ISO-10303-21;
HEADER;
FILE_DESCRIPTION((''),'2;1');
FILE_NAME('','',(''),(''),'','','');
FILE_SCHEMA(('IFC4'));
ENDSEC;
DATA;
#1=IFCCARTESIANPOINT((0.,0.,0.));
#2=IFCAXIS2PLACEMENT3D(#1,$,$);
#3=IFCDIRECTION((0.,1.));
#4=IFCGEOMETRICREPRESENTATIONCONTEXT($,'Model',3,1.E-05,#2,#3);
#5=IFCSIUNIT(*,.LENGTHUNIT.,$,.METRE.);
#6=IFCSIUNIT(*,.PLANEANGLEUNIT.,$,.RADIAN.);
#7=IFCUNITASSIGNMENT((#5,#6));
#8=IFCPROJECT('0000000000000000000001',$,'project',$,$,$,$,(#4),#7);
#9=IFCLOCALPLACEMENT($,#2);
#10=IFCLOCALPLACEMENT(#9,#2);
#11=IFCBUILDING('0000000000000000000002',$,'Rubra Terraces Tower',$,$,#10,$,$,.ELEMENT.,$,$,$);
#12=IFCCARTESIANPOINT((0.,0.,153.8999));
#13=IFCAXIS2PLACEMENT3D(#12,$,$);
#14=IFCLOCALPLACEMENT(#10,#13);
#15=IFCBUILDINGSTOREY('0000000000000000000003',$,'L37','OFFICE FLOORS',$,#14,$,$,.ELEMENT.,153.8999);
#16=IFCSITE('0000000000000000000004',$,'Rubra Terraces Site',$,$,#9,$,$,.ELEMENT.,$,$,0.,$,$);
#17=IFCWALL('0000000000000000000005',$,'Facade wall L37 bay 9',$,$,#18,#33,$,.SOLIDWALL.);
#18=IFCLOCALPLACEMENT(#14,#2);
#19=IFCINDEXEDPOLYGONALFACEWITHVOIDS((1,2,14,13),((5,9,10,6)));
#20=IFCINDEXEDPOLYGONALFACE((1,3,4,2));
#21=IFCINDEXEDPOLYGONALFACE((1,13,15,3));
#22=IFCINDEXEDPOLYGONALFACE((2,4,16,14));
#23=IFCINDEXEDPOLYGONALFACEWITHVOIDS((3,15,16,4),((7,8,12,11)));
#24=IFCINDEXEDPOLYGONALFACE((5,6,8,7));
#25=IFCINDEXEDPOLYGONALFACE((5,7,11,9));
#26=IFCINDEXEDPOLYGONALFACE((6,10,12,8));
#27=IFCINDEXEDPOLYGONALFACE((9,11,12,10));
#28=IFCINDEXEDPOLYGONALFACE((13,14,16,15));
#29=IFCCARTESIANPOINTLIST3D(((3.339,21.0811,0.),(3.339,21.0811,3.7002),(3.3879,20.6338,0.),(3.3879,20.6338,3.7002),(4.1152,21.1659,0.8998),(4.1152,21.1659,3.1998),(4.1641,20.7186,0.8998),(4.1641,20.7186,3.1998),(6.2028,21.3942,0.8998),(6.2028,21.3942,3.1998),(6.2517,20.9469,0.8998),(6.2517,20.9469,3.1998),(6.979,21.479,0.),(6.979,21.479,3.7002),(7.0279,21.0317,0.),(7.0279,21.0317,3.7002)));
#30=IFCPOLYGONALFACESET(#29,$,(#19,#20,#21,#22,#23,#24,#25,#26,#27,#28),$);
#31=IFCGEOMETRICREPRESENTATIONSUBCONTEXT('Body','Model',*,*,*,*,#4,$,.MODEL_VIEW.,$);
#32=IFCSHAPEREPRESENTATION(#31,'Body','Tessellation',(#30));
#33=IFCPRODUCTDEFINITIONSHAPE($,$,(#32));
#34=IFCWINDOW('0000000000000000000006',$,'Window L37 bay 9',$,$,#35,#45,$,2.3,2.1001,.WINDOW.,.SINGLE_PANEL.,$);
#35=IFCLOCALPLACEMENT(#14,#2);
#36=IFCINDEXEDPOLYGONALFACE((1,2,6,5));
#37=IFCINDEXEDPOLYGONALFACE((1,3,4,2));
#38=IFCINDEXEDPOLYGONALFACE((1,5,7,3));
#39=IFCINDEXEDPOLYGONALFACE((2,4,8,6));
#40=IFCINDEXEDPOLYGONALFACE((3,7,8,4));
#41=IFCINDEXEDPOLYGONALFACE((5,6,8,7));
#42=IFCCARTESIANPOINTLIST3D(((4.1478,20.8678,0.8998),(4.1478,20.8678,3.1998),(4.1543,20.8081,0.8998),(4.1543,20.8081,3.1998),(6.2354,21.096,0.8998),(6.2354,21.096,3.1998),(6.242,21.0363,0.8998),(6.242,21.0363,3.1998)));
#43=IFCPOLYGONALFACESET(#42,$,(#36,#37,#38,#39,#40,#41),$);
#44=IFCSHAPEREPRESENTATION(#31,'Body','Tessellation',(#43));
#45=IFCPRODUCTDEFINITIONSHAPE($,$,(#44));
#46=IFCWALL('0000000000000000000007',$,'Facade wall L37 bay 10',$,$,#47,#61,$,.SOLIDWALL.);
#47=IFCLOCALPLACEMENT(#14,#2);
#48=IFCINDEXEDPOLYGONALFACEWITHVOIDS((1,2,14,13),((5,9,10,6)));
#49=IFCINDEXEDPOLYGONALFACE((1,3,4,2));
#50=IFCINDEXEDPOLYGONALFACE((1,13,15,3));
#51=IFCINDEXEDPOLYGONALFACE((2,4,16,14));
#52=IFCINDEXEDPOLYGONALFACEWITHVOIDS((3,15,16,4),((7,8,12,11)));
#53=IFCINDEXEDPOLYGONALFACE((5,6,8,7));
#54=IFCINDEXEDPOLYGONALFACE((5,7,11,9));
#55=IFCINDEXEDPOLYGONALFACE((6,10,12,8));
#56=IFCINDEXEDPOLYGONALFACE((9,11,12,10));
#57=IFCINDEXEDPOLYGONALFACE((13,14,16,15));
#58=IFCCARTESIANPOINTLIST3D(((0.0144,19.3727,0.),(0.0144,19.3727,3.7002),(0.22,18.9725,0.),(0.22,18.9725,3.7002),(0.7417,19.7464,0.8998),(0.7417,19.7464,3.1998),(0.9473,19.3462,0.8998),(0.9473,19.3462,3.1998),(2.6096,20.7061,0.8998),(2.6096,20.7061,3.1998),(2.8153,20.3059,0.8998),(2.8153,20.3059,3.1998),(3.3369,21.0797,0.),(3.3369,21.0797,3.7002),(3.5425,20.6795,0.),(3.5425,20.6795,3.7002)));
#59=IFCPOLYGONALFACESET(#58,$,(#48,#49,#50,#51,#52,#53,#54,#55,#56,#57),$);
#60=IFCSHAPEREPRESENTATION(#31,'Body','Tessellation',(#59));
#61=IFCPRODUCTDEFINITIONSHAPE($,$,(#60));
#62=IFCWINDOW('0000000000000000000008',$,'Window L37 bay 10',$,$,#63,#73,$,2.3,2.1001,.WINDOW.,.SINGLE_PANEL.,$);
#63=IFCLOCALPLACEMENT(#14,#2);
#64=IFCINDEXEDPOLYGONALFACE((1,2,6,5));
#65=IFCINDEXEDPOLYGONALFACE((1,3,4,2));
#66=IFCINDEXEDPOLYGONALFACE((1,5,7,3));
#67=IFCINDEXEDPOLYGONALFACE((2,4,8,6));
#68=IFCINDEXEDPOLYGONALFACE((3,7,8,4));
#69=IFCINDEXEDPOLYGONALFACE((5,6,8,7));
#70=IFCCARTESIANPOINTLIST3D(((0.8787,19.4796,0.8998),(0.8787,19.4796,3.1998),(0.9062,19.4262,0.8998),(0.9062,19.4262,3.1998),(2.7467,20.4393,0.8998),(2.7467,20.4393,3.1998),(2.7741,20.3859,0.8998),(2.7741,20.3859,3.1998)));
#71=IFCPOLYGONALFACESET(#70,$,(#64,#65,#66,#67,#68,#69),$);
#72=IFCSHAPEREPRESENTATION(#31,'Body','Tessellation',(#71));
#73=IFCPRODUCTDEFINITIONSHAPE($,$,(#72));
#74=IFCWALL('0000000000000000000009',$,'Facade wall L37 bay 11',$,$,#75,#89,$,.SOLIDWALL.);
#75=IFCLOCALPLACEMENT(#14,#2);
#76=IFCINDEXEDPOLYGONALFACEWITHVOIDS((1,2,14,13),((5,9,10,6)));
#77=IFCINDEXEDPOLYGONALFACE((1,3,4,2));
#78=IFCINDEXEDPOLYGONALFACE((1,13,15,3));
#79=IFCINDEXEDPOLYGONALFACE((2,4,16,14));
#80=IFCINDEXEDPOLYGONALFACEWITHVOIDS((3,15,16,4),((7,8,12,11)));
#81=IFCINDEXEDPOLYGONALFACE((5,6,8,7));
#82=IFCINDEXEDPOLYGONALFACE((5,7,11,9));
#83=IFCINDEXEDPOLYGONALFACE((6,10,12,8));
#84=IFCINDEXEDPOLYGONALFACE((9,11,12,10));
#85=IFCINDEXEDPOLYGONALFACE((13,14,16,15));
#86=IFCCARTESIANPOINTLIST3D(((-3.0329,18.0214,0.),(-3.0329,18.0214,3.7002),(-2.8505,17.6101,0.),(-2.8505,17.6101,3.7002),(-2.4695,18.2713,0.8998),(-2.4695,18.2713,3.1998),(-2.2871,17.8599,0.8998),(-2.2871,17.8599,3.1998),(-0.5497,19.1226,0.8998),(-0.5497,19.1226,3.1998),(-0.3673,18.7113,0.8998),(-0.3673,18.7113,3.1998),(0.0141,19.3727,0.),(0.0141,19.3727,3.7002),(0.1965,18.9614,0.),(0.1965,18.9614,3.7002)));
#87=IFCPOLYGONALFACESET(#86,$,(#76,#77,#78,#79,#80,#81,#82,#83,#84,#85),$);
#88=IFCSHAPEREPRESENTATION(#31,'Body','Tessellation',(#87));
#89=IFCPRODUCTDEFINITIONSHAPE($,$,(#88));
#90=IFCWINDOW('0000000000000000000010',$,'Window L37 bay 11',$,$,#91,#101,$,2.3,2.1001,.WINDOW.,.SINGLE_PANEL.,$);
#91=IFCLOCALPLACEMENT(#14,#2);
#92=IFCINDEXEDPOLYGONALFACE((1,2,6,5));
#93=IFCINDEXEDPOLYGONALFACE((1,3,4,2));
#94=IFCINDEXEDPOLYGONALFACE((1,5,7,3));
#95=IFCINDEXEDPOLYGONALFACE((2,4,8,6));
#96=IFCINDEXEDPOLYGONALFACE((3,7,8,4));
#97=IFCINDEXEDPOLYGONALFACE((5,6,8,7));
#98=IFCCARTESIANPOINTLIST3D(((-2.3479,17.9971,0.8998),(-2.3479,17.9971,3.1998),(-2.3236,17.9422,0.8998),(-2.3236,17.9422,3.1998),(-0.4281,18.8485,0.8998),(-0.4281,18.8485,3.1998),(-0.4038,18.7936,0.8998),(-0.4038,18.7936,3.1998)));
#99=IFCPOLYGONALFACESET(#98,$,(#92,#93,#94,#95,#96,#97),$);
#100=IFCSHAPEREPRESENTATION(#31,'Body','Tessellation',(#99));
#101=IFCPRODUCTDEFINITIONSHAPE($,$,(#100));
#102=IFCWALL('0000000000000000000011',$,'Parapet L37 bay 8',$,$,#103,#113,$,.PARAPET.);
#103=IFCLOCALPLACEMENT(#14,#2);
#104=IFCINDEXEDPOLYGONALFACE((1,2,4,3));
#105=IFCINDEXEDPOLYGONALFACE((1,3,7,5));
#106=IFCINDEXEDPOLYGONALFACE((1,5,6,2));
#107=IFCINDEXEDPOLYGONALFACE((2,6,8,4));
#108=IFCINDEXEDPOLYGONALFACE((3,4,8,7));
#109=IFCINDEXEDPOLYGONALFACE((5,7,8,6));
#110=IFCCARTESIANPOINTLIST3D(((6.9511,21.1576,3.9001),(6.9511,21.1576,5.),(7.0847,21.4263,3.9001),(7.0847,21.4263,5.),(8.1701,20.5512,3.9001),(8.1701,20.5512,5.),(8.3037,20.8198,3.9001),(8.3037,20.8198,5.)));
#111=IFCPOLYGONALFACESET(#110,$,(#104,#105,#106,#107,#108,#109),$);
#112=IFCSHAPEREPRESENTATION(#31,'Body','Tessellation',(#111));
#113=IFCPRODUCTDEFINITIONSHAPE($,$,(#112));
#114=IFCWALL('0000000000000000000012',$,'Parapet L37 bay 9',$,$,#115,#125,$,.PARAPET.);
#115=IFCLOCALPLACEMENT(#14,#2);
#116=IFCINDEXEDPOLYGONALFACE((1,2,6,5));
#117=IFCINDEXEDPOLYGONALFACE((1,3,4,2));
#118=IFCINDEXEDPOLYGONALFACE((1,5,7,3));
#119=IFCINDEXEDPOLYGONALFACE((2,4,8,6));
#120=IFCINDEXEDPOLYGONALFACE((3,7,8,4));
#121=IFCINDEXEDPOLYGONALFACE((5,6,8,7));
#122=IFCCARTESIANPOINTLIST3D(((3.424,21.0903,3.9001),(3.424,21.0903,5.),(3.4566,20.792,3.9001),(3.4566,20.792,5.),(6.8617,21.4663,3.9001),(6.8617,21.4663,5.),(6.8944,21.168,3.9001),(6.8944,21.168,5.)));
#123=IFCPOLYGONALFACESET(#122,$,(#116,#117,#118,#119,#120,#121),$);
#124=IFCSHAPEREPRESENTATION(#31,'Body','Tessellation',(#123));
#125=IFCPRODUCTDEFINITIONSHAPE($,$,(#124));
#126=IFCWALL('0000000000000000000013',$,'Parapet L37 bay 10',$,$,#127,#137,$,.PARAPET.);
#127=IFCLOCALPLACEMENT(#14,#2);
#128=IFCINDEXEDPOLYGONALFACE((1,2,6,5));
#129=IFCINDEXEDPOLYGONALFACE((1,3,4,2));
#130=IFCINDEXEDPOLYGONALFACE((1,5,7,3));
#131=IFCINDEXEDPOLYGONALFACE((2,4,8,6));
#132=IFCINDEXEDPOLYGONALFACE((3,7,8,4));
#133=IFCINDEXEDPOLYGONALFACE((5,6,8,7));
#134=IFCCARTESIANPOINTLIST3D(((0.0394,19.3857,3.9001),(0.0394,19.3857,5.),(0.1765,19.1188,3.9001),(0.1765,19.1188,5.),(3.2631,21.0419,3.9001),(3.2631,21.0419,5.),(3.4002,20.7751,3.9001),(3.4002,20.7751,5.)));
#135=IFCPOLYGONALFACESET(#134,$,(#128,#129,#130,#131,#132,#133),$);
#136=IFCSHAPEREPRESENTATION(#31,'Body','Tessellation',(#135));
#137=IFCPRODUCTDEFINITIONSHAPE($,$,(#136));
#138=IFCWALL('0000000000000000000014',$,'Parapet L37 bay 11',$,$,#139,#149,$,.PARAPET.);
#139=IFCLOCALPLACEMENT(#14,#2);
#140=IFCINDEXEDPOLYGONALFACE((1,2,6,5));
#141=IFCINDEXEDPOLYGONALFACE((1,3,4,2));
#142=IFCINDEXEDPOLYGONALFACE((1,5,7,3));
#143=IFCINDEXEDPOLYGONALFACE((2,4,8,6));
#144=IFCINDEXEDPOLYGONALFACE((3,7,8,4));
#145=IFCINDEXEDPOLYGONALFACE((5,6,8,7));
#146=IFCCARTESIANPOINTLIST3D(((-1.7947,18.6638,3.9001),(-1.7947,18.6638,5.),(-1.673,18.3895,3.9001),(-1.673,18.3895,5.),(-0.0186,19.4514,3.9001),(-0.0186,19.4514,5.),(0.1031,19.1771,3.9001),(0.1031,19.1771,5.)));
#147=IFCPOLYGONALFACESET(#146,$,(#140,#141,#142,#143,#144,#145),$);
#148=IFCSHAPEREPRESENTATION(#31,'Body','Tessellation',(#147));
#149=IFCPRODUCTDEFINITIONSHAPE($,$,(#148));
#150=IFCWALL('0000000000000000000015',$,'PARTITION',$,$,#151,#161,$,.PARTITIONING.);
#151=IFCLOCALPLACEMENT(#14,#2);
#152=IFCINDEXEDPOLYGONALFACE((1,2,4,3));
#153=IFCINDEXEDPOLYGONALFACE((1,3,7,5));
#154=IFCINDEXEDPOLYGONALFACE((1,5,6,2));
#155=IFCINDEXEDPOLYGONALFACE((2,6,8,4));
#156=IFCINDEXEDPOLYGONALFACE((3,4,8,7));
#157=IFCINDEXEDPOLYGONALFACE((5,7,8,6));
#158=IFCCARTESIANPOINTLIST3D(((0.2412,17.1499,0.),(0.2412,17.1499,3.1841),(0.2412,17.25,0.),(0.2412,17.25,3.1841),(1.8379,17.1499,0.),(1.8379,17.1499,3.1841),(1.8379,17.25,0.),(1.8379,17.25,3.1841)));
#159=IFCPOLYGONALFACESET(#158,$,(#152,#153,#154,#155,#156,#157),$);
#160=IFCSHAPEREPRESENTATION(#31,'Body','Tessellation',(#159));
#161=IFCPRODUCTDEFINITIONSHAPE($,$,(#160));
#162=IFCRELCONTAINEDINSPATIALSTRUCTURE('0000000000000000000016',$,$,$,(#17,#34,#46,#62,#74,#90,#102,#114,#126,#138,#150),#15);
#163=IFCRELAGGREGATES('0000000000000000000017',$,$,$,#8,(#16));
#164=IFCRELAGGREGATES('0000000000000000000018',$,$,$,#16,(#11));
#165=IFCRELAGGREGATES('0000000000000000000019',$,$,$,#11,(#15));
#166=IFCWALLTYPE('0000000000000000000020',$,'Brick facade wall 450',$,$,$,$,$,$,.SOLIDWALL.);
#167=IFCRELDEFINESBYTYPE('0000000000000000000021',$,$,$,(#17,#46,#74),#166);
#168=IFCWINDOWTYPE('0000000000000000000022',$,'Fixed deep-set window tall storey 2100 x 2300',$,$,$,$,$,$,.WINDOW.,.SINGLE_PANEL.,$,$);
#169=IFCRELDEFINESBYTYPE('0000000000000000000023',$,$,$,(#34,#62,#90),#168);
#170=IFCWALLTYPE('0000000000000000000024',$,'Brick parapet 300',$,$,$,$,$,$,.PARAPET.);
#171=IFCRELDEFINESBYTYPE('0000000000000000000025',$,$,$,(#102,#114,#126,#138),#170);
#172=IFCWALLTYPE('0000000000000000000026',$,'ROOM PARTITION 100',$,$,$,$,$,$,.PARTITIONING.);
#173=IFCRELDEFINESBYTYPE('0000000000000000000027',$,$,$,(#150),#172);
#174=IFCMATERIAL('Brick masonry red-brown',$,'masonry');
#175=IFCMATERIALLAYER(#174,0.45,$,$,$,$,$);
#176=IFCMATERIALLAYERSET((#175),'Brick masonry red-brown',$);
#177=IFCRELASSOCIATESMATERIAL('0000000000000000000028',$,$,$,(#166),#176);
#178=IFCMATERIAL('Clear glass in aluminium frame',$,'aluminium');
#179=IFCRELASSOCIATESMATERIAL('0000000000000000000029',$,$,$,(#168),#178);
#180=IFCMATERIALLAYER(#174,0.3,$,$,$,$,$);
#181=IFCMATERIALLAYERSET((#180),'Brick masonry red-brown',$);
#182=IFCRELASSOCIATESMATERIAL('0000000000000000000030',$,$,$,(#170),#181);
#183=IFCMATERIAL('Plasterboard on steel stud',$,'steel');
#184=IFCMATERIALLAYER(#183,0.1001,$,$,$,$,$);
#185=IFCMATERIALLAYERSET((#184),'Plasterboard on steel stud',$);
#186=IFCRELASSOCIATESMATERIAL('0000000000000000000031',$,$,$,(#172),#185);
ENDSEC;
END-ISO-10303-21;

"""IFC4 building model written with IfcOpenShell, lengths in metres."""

from ifc_helpers import new_model, si_unit, direction, frame, frame_2d, origin, place, context, subcontext, project, spatial, rectangle, extrude, material, layer, layer_set, type_object, element, fill, save


model = new_model("IFC4")

# Units and contexts
model_context = context("Model", 3, precision=1e-05, world=origin(), true_north=direction((0.0, 1.0)))
body_context = subcontext(model_context, "Body", "Model", "MODEL_VIEW")
ifc_project = project(units=[si_unit("LENGTHUNIT", "METRE"), si_unit("PLANEANGLEUNIT", "RADIAN")], contexts=[model_context])

# Site, building, storey
site_placement = place(None, origin())
site = spatial("IfcSite", under=ifc_project, at=site_placement, Name="Rubra Terraces Site", CompositionType="ELEMENT", RefElevation=0.0)
building_placement = place(site_placement, origin())
building = spatial("IfcBuilding", under=site, at=building_placement, Name="Rubra Terraces Tower", CompositionType="ELEMENT")
storey_placement = place(building_placement, frame((0.0, 0.0, 153.8999)))
storey = spatial("IfcBuildingStorey", under=building, at=storey_placement, Name="L37", Description="OFFICE FLOORS", CompositionType="ELEMENT", Elevation=153.8999)

# Walls, openings, windows
ifc_material_1 = material(Name="Brick masonry red-brown", Category="masonry")
ifc_layer_1 = layer(ifc_material_1, 0.45)
ifc_layer_set_1 = layer_set([ifc_layer_1], Name="Brick masonry red-brown")
wall_type_1 = type_object("IfcWallType", Name="Brick facade wall 450", PredefinedType="SOLIDWALL", material=ifc_layer_set_1)
ifc_material_2 = material(Name="Clear glass in aluminium frame", Category="aluminium")
wall_1_placement = place(storey_placement, frame((7.0034, 21.2554, 0.0), z_axis=(0.0, 0.0, 1.0), x_axis=(-0.994077, -0.108682, 0.0)))
wall_1 = element("IfcWall", 1, at=wall_1_placement, inside=storey, type_object=wall_type_1, Name="Facade wall L37 bay 9", PredefinedType="SOLIDWALL", context=body_context, shape_type="SweptSolid", body=[
    extrude(rectangle(XDim=3.6616, YDim=0.45, at=frame_2d((1.8308, 0.0))), origin(), (0.0, 0.0, 1.0), 3.7002),
])
opening_1_placement = place(wall_1_placement, frame((0.7808, 0.0, 0.8999)))
opening_1 = element("IfcOpeningElement", 2, at=opening_1_placement, cuts=wall_1, PredefinedType="OPENING", context=body_context, shape_type="SweptSolid", body=[
    extrude(rectangle(XDim=2.1001, YDim=2.3, at=frame_2d((1.05, 1.1499))), frame((0.0, 0.2349, 0.0), z_axis=(0.0, -1.0, 0.0), x_axis=(1.0, 0.0, 0.0)), (0.0, 0.0, 1.0), 0.47),
])
window_type_1 = type_object("IfcWindowType", Name="Fixed deep-set window tall storey 2100 x 2300", PartitioningType="SINGLE_PANEL", PredefinedType="WINDOW", material=ifc_material_2)
window_1_placement = place(opening_1_placement, origin())
window_1 = element("IfcWindow", 3, at=window_1_placement, inside=storey, type_object=window_type_1, Name="Window L37 bay 9", OverallHeight=2.3, OverallWidth=2.1001, PartitioningType="SINGLE_PANEL", PredefinedType="WINDOW", context=body_context, shape_type="SweptSolid", body=[
    extrude(rectangle(XDim=2.1001, YDim=2.3, at=frame_2d((1.05, 1.1499))), frame((0.0, 0.135, 0.0), z_axis=(0.0, -1.0, 0.0), x_axis=(1.0, 0.0, 0.0)), (0.0, 0.0, 1.0), 0.0601),
])
fill(opening_1, window_1)
wall_2_placement = place(storey_placement, frame((3.4397, 20.8796, 0.0), z_axis=(0.0, 0.0, 1.0), x_axis=(-0.889472, -0.456991, 0.0)))
wall_2 = element("IfcWall", 4, at=wall_2_placement, inside=storey, type_object=wall_type_1, Name="Facade wall L37 bay 10", PredefinedType="SOLIDWALL", context=body_context, shape_type="SweptSolid", body=[
    extrude(rectangle(XDim=3.7354, YDim=0.45, at=frame_2d((1.8677, 0.0))), origin(), (0.0, 0.0, 1.0), 3.7002),
])
opening_2_placement = place(wall_2_placement, frame((0.8176, 0.0, 0.8999)))
opening_2 = element("IfcOpeningElement", 5, at=opening_2_placement, cuts=wall_2, PredefinedType="OPENING", context=body_context, shape_type="SweptSolid", body=[
    extrude(rectangle(XDim=2.1001, YDim=2.3, at=frame_2d((1.05, 1.1499))), frame((0.0, 0.2349, 0.0), z_axis=(0.0, -1.0, 0.0), x_axis=(1.0, 0.0, 0.0)), (0.0, 0.0, 1.0), 0.47),
])
window_2_placement = place(opening_2_placement, origin())
window_2 = element("IfcWindow", 6, at=window_2_placement, inside=storey, type_object=window_type_1, Name="Window L37 bay 10", OverallHeight=2.3, OverallWidth=2.1001, PartitioningType="SINGLE_PANEL", PredefinedType="WINDOW", context=body_context, shape_type="SweptSolid", body=[
    extrude(rectangle(XDim=2.1001, YDim=2.3, at=frame_2d((1.05, 1.1499))), frame((0.0, 0.135, 0.0), z_axis=(0.0, -1.0, 0.0), x_axis=(1.0, 0.0, 0.0)), (0.0, 0.0, 1.0), 0.0601),
])
fill(opening_2, window_2)
wall_3_placement = place(storey_placement, frame((0.1052, 19.167, 0.0), z_axis=(0.0, 0.0, 1.0), x_axis=(-0.91414, -0.405398, 0.0)))
wall_3 = element("IfcWall", 7, at=wall_3_placement, inside=storey, type_object=wall_type_1, Name="Facade wall L37 bay 11", PredefinedType="SOLIDWALL", context=body_context, shape_type="SweptSolid", body=[
    extrude(rectangle(XDim=3.3333, YDim=0.45, at=frame_2d((1.6665, 0.0))), origin(), (0.0, 0.0, 1.0), 3.7002),
])
opening_3_placement = place(wall_3_placement, frame((0.6167, 0.0, 0.8999)))
opening_3 = element("IfcOpeningElement", 8, at=opening_3_placement, cuts=wall_3, PredefinedType="OPENING", context=body_context, shape_type="SweptSolid", body=[
    extrude(rectangle(XDim=2.1001, YDim=2.3, at=frame_2d((1.05, 1.1499))), frame((0.0, 0.2349, 0.0), z_axis=(0.0, -1.0, 0.0), x_axis=(1.0, 0.0, 0.0)), (0.0, 0.0, 1.0), 0.47),
])
window_3_placement = place(opening_3_placement, origin())
window_3 = element("IfcWindow", 9, at=window_3_placement, inside=storey, type_object=window_type_1, Name="Window L37 bay 11", OverallHeight=2.3, OverallWidth=2.1001, PartitioningType="SINGLE_PANEL", PredefinedType="WINDOW", context=body_context, shape_type="SweptSolid", body=[
    extrude(rectangle(XDim=2.1001, YDim=2.3, at=frame_2d((1.05, 1.1499))), frame((0.0, 0.135, 0.0), z_axis=(0.0, -1.0, 0.0), x_axis=(1.0, 0.0, 0.0)), (0.0, 0.0, 1.0), 0.0601),
])
fill(opening_3, window_3)

# Walls
ifc_layer_2 = layer(ifc_material_1, 0.3)
ifc_layer_set_2 = layer_set([ifc_layer_2], Name="Brick masonry red-brown")
wall_type_2 = type_object("IfcWallType", Name="Brick parapet 300", PredefinedType="PARAPET", material=ifc_layer_set_2)
wall_4_placement = place(storey_placement, frame((8.2368, 20.6855, 3.9001), z_axis=(0.0, 0.0, 1.0), x_axis=(-0.895322, 0.44542, 0.0)))
element("IfcWall", 10, at=wall_4_placement, inside=storey, type_object=wall_type_2, Name="Parapet L37 bay 8", PredefinedType="PARAPET", context=body_context, shape_type="SweptSolid", body=[
    extrude(rectangle(XDim=1.3616, YDim=0.3, at=frame_2d((0.6807, 0.0))), origin(), (0.0, 0.0, 1.0), 1.0999),
])
wall_5_placement = place(storey_placement, frame((6.8779, 21.3171, 3.9001), z_axis=(0.0, 0.0, 1.0), x_axis=(-0.994073, -0.108719, 0.0)))
element("IfcWall", 11, at=wall_5_placement, inside=storey, type_object=wall_type_2, Name="Parapet L37 bay 9", PredefinedType="PARAPET", context=body_context, shape_type="SweptSolid", body=[
    extrude(rectangle(XDim=3.4583, YDim=0.3, at=frame_2d((1.729, 0.0))), origin(), (0.0, 0.0, 1.0), 1.0999),
])
wall_6_placement = place(storey_placement, frame((3.3315, 20.9084, 3.9001), z_axis=(0.0, 0.0, 1.0), x_axis=(-0.889469, -0.456995, 0.0)))
element("IfcWall", 12, at=wall_6_placement, inside=storey, type_object=wall_type_2, Name="Parapet L37 bay 10", PredefinedType="PARAPET", context=body_context, shape_type="SweptSolid", body=[
    extrude(rectangle(XDim=3.6243, YDim=0.3, at=frame_2d((1.812, 0.0))), origin(), (0.0, 0.0, 1.0), 1.0999),
])
wall_7_placement = place(storey_placement, frame((0.0422, 19.3142, 3.9001), z_axis=(0.0, 0.0, 1.0), x_axis=(-0.914153, -0.405369, 0.0)))
element("IfcWall", 13, at=wall_7_placement, inside=storey, type_object=wall_type_2, Name="Parapet L37 bay 11", PredefinedType="PARAPET", context=body_context, shape_type="SweptSolid", body=[
    extrude(rectangle(XDim=1.9429, YDim=0.3, at=frame_2d((0.9714, 0.0))), origin(), (0.0, 0.0, 1.0), 1.0999),
])
ifc_material_3 = material(Name="Plasterboard on steel stud", Category="steel")
ifc_layer_3 = layer(ifc_material_3, 0.1001)
ifc_layer_set_3 = layer_set([ifc_layer_3], Name="Plasterboard on steel stud")
wall_type_3 = type_object("IfcWallType", Name="ROOM PARTITION 100", PredefinedType="PARTITIONING", material=ifc_layer_set_3)
wall_8_placement = place(storey_placement, frame((0.2412, 17.2, 0.0), z_axis=(0.0, 0.0, 1.0), x_axis=(1.0, 0.0, 0.0)))
element("IfcWall", 14, at=wall_8_placement, inside=storey, type_object=wall_type_3, Name="PARTITION", PredefinedType="PARTITIONING", context=body_context, shape_type="SweptSolid", body=[
    extrude(rectangle(XDim=1.5967, YDim=0.1001, at=frame_2d((0.7983, 0.0))), origin(), (0.0, 0.0, 1.0), 3.1841),
])

save(model, "model.ifc")
